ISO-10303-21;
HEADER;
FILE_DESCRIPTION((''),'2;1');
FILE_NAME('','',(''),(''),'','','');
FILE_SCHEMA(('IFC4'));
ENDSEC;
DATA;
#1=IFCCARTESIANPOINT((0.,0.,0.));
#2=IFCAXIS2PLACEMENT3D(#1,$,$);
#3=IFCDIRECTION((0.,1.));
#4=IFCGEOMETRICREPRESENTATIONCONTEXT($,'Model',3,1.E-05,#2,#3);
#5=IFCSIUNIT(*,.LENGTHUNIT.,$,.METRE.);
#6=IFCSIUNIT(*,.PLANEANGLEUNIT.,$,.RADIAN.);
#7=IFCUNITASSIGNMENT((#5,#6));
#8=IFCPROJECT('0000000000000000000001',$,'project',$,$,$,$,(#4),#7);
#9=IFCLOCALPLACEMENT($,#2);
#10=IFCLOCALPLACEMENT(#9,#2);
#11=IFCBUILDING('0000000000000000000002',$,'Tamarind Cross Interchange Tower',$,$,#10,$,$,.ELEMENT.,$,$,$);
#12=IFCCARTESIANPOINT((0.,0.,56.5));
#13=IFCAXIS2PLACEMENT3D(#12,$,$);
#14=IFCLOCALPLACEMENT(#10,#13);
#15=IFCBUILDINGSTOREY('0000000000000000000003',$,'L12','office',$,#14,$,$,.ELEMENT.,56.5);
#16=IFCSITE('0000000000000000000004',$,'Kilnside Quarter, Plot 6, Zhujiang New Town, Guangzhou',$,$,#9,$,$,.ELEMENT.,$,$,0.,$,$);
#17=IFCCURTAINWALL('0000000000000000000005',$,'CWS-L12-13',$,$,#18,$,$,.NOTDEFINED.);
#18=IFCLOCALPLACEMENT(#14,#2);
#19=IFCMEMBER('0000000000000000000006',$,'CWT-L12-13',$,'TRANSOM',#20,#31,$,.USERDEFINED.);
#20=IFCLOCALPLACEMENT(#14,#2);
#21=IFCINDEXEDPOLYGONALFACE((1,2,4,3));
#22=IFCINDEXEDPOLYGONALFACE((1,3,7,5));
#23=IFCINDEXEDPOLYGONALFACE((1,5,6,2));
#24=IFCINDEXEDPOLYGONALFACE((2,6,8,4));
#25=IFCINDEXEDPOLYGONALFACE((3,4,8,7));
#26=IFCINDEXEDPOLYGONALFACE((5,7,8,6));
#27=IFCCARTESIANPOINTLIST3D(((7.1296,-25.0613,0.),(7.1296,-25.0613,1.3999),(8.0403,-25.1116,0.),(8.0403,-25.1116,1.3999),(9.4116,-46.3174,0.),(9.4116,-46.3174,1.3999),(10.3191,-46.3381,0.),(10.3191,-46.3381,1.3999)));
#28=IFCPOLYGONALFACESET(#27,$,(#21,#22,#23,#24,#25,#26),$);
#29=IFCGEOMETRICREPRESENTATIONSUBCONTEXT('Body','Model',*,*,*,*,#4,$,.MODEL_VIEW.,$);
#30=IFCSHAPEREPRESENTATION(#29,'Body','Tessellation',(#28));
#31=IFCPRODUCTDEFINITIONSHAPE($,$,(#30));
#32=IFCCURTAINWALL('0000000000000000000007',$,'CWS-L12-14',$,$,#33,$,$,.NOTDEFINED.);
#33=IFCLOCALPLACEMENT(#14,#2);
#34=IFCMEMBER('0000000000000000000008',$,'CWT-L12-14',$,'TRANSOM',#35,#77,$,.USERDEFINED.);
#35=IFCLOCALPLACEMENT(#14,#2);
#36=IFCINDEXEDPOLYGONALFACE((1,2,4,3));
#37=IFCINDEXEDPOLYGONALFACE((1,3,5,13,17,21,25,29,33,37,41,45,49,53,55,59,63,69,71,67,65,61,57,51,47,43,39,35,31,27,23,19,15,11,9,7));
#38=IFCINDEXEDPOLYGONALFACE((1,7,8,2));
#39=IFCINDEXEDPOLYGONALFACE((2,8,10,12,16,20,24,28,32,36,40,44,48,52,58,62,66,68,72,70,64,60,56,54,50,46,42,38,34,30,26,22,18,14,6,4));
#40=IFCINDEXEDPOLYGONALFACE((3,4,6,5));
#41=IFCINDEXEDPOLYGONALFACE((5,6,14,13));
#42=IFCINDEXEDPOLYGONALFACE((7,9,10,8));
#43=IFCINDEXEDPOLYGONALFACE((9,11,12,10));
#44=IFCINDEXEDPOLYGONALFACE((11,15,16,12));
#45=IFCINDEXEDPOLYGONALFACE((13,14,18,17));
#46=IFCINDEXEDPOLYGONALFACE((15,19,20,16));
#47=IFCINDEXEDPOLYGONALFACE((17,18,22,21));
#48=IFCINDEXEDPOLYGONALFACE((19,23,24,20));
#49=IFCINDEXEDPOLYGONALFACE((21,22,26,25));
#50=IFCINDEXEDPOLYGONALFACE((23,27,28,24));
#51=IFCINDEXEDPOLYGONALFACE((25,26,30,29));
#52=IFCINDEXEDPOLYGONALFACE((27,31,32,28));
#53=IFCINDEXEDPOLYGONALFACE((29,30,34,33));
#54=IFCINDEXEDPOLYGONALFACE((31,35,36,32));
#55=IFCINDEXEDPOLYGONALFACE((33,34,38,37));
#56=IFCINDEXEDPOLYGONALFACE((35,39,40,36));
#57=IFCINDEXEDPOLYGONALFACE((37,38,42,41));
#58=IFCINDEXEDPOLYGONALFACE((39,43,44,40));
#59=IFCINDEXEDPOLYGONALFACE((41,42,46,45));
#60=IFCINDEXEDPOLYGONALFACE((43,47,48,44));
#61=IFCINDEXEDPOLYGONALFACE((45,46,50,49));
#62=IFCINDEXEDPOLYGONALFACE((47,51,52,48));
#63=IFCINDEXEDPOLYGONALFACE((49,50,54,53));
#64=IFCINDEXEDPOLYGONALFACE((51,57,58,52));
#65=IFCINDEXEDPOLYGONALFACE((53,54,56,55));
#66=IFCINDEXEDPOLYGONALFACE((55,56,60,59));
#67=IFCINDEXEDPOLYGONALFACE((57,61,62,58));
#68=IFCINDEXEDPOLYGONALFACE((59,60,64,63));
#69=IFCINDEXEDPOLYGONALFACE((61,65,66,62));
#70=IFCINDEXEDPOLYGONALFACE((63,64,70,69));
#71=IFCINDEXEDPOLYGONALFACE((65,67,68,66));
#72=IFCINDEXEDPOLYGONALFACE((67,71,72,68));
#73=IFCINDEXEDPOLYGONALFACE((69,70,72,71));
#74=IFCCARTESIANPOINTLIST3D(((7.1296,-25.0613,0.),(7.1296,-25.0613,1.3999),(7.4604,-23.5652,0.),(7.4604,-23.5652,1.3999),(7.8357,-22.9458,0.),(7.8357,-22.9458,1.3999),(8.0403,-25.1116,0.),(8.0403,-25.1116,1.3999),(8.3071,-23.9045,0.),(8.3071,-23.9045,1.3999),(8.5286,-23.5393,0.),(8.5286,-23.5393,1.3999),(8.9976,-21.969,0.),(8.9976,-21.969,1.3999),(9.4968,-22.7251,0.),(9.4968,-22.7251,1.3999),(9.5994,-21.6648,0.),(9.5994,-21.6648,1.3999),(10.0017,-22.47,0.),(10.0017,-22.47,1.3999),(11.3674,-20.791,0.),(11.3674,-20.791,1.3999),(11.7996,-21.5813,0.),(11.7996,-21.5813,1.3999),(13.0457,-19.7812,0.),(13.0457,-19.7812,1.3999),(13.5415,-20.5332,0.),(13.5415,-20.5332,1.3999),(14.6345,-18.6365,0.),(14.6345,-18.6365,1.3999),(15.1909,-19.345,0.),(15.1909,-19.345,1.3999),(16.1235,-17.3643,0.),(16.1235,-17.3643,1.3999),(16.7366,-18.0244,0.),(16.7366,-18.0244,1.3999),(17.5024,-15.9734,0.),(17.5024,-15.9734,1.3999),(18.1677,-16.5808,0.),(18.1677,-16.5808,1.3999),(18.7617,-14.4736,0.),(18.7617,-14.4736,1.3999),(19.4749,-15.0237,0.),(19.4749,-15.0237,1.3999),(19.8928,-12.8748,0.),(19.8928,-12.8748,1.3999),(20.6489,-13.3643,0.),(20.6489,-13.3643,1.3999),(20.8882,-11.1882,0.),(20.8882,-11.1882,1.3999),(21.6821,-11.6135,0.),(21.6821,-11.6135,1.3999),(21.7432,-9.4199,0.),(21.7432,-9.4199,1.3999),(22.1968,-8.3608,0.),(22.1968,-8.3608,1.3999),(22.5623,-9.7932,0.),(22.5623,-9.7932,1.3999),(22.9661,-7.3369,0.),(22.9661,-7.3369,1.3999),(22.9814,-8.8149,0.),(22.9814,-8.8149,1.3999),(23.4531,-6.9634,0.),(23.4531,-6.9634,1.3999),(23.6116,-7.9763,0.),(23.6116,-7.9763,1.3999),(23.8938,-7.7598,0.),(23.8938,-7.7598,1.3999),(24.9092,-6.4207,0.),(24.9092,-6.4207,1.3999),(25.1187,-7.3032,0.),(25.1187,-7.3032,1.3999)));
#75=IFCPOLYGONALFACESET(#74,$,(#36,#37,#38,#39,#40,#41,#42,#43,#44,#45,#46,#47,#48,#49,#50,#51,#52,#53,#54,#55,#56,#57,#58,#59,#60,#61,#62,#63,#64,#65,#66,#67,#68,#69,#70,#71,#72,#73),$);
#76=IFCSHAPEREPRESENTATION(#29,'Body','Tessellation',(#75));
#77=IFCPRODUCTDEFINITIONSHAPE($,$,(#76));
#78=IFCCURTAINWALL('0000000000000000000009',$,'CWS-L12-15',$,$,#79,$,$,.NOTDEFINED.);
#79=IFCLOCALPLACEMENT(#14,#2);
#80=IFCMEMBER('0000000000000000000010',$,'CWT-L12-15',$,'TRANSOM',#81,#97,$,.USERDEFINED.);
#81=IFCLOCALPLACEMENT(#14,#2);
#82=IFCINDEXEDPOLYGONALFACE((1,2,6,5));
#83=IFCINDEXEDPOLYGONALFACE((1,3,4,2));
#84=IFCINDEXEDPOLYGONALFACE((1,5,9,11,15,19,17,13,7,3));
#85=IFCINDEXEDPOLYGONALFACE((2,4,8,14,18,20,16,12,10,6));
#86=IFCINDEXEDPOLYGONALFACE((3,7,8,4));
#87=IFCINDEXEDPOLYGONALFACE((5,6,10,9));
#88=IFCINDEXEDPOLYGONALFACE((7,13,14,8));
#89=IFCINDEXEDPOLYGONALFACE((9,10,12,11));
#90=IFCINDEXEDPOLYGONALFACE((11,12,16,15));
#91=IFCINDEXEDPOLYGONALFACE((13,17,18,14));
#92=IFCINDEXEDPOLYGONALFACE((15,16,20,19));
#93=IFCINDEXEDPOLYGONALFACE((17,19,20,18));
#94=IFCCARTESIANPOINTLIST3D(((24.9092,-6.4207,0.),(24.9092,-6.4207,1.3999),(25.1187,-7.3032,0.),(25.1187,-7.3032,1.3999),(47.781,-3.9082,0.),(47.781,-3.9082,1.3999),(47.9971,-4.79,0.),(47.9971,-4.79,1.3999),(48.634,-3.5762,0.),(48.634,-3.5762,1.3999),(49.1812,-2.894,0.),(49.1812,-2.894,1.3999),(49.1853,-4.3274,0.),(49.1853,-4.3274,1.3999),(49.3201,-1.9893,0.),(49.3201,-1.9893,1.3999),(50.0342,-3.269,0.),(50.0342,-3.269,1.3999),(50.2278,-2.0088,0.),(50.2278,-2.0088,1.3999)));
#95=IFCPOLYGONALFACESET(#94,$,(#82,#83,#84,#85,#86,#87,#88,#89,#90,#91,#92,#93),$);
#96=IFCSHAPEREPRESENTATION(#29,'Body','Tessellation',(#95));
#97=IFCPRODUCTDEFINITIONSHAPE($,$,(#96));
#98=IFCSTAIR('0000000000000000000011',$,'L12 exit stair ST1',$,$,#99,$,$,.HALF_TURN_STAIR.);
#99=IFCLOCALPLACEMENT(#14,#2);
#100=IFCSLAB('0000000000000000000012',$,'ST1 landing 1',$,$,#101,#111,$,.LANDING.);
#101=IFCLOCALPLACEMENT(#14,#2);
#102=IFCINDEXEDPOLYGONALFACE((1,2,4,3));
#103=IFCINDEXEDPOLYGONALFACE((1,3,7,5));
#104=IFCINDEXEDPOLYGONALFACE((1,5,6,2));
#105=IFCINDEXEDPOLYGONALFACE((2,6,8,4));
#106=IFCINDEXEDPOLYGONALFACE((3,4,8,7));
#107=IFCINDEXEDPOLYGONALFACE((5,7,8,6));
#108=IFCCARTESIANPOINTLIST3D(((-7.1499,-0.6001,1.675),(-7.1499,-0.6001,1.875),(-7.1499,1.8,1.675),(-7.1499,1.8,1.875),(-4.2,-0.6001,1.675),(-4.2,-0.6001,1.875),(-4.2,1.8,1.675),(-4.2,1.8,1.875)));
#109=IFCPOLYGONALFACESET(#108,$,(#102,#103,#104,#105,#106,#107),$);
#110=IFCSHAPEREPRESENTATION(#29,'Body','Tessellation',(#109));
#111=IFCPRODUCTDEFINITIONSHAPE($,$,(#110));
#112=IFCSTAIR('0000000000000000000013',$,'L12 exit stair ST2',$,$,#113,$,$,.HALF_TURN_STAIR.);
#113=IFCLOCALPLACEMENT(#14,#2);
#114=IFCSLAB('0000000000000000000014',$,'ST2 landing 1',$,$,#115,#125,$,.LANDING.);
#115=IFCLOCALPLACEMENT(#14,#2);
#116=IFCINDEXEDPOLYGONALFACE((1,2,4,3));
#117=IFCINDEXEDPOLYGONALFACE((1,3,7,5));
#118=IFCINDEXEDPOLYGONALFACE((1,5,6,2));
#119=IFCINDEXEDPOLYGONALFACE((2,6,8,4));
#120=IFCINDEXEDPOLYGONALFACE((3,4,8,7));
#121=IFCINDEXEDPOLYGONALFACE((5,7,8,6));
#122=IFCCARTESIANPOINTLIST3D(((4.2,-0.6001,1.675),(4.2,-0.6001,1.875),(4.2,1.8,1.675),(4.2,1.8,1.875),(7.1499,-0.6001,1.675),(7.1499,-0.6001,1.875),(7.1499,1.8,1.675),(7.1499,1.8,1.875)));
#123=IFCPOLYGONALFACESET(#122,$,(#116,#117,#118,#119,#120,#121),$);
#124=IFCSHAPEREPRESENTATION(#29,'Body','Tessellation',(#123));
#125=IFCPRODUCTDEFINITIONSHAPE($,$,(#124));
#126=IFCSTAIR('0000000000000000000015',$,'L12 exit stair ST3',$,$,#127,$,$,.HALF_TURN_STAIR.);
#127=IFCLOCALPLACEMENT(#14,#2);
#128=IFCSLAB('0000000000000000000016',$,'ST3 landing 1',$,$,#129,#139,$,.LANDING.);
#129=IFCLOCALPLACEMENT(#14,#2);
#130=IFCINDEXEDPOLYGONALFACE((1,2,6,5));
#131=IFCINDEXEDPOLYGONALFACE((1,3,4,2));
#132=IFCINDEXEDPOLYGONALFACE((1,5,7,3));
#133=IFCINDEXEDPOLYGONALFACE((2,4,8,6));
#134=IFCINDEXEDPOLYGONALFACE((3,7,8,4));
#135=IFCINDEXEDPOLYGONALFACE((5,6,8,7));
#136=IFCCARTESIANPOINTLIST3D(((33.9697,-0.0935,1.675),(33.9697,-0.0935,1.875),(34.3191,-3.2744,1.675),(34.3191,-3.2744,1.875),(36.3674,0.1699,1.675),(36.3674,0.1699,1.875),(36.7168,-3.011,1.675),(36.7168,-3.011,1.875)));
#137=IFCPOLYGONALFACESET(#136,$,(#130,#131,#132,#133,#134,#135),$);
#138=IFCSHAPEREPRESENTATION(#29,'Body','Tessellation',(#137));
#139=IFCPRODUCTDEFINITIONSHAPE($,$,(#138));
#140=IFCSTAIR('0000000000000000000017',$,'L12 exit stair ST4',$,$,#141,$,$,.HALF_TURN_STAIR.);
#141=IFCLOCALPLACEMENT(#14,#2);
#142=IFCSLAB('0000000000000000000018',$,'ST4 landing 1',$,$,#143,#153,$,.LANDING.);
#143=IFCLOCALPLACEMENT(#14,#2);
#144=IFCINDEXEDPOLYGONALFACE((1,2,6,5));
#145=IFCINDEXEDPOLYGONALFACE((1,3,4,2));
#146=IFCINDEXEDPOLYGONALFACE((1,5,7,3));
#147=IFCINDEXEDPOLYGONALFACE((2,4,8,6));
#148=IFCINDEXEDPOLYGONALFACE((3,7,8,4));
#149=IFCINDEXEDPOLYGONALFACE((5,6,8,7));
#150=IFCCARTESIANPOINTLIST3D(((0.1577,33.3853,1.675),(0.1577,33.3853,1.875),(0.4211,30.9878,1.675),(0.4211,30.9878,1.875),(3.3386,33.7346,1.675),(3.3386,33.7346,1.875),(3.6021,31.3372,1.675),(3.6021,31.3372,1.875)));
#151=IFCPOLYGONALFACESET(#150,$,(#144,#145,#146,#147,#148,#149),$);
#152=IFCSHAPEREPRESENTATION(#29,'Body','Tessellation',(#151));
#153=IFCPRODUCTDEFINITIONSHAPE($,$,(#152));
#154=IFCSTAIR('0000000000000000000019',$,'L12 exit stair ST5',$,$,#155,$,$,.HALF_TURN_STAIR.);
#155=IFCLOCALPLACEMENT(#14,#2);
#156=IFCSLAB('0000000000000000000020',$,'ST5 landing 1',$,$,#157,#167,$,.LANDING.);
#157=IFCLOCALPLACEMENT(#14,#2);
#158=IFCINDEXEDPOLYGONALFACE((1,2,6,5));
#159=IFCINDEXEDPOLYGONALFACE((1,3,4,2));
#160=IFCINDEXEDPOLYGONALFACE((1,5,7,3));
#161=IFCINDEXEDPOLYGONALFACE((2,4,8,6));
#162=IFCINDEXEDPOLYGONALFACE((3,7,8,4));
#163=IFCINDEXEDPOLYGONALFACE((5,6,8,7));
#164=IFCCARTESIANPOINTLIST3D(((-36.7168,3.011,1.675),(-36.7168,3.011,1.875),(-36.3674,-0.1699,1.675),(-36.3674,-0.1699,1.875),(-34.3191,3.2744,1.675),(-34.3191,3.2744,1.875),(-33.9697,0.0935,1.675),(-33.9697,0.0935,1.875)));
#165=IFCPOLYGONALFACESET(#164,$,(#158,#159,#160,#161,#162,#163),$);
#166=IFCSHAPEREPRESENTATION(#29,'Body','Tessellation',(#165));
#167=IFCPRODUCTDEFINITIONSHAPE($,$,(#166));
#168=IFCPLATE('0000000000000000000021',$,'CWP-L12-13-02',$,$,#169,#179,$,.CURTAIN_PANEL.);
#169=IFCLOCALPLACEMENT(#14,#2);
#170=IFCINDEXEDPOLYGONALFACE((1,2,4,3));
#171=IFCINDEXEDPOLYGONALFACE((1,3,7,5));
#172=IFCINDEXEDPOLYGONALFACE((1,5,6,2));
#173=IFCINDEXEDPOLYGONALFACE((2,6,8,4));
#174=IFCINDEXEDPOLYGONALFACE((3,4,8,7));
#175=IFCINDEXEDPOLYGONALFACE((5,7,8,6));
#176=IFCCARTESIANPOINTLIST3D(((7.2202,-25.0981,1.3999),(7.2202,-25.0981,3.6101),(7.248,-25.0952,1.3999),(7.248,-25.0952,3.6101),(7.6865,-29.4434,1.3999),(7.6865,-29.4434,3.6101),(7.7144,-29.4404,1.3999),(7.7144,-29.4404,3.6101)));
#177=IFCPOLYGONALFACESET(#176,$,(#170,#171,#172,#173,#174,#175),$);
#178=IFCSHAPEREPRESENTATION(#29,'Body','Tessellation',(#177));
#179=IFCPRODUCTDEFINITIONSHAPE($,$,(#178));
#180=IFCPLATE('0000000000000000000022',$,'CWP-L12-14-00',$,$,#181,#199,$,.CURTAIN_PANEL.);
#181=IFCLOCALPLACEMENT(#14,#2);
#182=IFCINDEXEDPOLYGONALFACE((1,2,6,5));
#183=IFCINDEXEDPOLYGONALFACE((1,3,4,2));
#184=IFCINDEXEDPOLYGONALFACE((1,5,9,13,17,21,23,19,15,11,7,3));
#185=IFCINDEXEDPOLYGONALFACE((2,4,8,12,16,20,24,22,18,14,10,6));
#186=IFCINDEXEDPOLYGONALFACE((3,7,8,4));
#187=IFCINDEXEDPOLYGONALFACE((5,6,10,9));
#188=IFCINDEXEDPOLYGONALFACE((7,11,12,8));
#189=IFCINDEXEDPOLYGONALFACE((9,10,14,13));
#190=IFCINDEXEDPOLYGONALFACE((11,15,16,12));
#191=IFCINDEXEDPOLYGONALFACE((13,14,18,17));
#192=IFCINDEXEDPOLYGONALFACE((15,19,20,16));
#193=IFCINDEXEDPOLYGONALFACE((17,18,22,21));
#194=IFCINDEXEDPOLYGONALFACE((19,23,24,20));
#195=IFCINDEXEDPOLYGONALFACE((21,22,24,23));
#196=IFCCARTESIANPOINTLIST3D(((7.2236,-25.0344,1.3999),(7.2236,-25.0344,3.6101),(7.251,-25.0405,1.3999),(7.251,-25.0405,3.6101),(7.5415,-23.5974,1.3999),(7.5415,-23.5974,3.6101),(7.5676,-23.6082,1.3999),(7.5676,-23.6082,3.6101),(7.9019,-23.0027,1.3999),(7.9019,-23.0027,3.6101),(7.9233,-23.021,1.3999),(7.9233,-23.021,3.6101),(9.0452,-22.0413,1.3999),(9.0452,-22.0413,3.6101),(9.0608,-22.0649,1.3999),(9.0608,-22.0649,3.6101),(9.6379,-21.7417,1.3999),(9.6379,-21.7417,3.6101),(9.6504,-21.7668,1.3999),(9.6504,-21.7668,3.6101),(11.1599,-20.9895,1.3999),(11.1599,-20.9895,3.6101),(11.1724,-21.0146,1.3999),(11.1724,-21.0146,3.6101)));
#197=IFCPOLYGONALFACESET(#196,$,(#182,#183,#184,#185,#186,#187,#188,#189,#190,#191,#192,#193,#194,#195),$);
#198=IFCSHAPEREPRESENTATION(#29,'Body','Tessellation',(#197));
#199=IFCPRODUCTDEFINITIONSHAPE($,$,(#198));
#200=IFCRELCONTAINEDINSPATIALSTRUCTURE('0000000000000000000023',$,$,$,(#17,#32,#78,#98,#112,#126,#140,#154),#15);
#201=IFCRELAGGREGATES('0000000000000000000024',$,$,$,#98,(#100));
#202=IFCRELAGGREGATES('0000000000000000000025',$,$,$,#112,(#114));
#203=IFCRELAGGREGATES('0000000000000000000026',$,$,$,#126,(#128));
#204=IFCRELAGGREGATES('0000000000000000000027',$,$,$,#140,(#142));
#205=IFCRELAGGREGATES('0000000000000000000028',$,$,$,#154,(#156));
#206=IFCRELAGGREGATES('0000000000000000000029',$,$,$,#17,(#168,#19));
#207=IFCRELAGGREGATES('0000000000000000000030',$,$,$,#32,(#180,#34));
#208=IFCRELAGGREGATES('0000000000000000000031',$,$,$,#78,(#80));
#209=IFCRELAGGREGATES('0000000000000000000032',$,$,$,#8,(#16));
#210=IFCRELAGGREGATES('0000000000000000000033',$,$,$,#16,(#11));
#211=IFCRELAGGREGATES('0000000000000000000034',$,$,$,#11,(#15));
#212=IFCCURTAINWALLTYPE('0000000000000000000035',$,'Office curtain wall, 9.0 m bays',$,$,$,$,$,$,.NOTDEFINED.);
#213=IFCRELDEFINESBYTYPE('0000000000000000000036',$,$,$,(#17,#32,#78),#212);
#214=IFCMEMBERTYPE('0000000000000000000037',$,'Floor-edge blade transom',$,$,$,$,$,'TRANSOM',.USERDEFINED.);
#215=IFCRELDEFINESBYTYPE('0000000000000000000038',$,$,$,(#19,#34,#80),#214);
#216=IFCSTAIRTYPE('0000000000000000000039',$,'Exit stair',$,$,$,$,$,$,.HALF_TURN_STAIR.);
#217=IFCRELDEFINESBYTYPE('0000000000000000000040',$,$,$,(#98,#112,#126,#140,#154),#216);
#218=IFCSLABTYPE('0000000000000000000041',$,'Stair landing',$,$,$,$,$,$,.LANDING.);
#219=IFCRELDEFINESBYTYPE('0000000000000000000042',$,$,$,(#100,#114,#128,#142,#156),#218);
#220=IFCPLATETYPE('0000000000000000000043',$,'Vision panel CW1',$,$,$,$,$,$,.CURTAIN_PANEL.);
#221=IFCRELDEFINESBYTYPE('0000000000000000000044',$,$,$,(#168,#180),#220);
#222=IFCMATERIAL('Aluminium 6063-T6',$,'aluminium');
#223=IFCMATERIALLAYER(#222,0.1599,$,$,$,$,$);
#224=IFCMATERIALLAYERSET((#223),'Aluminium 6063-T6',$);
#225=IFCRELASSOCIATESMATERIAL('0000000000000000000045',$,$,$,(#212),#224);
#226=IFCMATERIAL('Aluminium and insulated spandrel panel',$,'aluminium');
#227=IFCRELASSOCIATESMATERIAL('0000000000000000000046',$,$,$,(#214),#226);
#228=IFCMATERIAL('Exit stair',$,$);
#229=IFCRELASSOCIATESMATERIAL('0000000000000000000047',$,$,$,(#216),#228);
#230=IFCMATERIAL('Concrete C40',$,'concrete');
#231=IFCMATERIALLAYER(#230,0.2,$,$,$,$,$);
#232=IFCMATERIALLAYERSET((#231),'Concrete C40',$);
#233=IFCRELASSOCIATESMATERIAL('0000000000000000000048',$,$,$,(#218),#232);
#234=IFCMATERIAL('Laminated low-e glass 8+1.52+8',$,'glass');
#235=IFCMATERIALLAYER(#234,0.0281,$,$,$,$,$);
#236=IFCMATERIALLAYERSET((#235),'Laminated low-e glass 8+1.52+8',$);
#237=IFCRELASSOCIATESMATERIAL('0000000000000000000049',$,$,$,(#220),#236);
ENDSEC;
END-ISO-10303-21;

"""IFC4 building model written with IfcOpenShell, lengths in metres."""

from ifc_helpers import new_model, si_unit, direction, frame, origin, place, context, subcontext, project, spatial, polyline, outline, extrude, material, layer, layer_set, type_object, element, aggregate, save


model = new_model("IFC4")

# Units and contexts
model_context = context("Model", 3, precision=1e-05, world=origin(), true_north=direction((0.0, 1.0)))
body_context = subcontext(model_context, "Body", "Model", "MODEL_VIEW")
ifc_project = project(units=[si_unit("LENGTHUNIT", "METRE"), si_unit("PLANEANGLEUNIT", "RADIAN")], contexts=[model_context])

# Site, building, storey
site_placement = place(None, origin())
site = spatial("IfcSite", under=ifc_project, at=site_placement, Name="Kilnside Quarter, Plot 6, Zhujiang New Town, Guangzhou", CompositionType="ELEMENT", RefElevation=0.0)
building_placement = place(site_placement, origin())
building = spatial("IfcBuilding", under=site, at=building_placement, Name="Tamarind Cross Interchange Tower", CompositionType="ELEMENT")
storey_placement = place(building_placement, frame((0.0, 0.0, 56.5)))
storey = spatial("IfcBuildingStorey", under=building, at=storey_placement, Name="L12", Description="office", CompositionType="ELEMENT", Elevation=56.5)

# Curtain walls, members
ifc_material_1 = material(Name="Aluminium 6063-T6", Category="aluminium")
ifc_layer_1 = layer(ifc_material_1, 0.1599)
ifc_layer_set_1 = layer_set([ifc_layer_1], Name="Aluminium 6063-T6")
curtain_wall_type = type_object("IfcCurtainWallType", Name="Office curtain wall, 9.0 m bays", PredefinedType="NOTDEFINED", material=ifc_layer_set_1)
curtain_wall_1_placement = place(storey_placement, origin())
curtain_wall_1 = element("IfcCurtainWall", 1, at=curtain_wall_1_placement, inside=storey, type_object=curtain_wall_type, Name="CWS-L12-13", PredefinedType="NOTDEFINED")
ifc_material_2 = material(Name="Aluminium and insulated spandrel panel", Category="aluminium")
member_type = type_object("IfcMemberType", Name="Floor-edge blade transom", ElementType="TRANSOM", PredefinedType="USERDEFINED", material=ifc_material_2)
member_1_placement = place(storey_placement, origin())
member_1 = element("IfcMember", 2, at=member_1_placement, type_object=member_type, Name="CWT-L12-13", ObjectType="TRANSOM", PredefinedType="USERDEFINED", context=body_context, shape_type="SweptSolid", body=[
    extrude(outline(polyline([(9.4116, -46.3174), (7.1296, -25.0613), (8.0403, -25.1116), (10.3191, -46.3381), (9.4116, -46.3174)])), origin(), (0.0, 0.0, 1.0), 1.3999),
])
curtain_wall_2_placement = place(storey_placement, origin())
curtain_wall_2 = element("IfcCurtainWall", 3, at=curtain_wall_2_placement, inside=storey, type_object=curtain_wall_type, Name="CWS-L12-14", PredefinedType="NOTDEFINED")
member_2_placement = place(storey_placement, origin())
member_2 = element("IfcMember", 4, at=member_2_placement, type_object=member_type, Name="CWT-L12-14", ObjectType="TRANSOM", PredefinedType="USERDEFINED", context=body_context, shape_type="SweptSolid", body=[
    extrude(outline(polyline([(7.1296, -25.0613), (7.4604, -23.5652), (7.8357, -22.9458), (8.9976, -21.969), (9.5994, -21.6648), (11.3674, -20.791), (13.0457, -19.7812), (14.6345, -18.6365), (16.1235, -17.3643), (17.5024, -15.9734), (18.7617, -14.4736), (19.8928, -12.8748), (20.8882, -11.1882), (21.7432, -9.4199), (22.1968, -8.3608), (22.9661, -7.3369), (23.4531, -6.9634), (24.9092, -6.4207), (25.1187, -7.3032), (23.8938, -7.7598), (23.6116, -7.9763), (22.9814, -8.8149), (22.5623, -9.7932), (21.6821, -11.6135), (20.6489, -13.3643), (19.4749, -15.0237), (18.1677, -16.5808), (16.7366, -18.0244), (15.1909, -19.345), (13.5415, -20.5332), (11.7996, -21.5813), (10.0017, -22.47), (9.4968, -22.7251), (8.5286, -23.5393), (8.3071, -23.9045), (8.0403, -25.1116), (7.1296, -25.0613)])), origin(), (0.0, 0.0, 1.0), 1.3999),
])
curtain_wall_3_placement = place(storey_placement, origin())
curtain_wall_3 = element("IfcCurtainWall", 5, at=curtain_wall_3_placement, inside=storey, type_object=curtain_wall_type, Name="CWS-L12-15", PredefinedType="NOTDEFINED")
member_3_placement = place(storey_placement, origin())
member_3 = element("IfcMember", 6, at=member_3_placement, type_object=member_type, Name="CWT-L12-15", ObjectType="TRANSOM", PredefinedType="USERDEFINED", context=body_context, shape_type="SweptSolid", body=[
    extrude(outline(polyline([(24.9092, -6.4207), (47.781, -3.9082), (48.634, -3.5762), (49.1812, -2.894), (49.3201, -1.9893), (50.2278, -2.0088), (50.0342, -3.269), (49.1853, -4.3274), (47.9971, -4.79), (25.1187, -7.3032), (24.9092, -6.4207)])), origin(), (0.0, 0.0, 1.0), 1.3999),
])

# Stairs, slabs
ifc_material_3 = material(Name="Exit stair")
stair_type = type_object("IfcStairType", Name="Exit stair", PredefinedType="HALF_TURN_STAIR", material=ifc_material_3)
stair_1_placement = place(storey_placement, origin())
stair_1 = element("IfcStair", 7, at=stair_1_placement, inside=storey, type_object=stair_type, Name="L12 exit stair ST1", PredefinedType="HALF_TURN_STAIR")
ifc_material_4 = material(Name="Concrete C40", Category="concrete")
ifc_layer_2 = layer(ifc_material_4, 0.2)
ifc_layer_set_2 = layer_set([ifc_layer_2], Name="Concrete C40")
slab_type = type_object("IfcSlabType", Name="Stair landing", PredefinedType="LANDING", material=ifc_layer_set_2)
slab_1_placement = place(storey_placement, frame((0.0, 0.0, 1.675)))
slab_1 = element("IfcSlab", 8, at=slab_1_placement, type_object=slab_type, Name="ST1 landing 1", PredefinedType="LANDING", context=body_context, shape_type="SweptSolid", body=[
    extrude(outline(polyline([(-4.2, -0.6001), (-4.2, 1.8), (-7.1499, 1.8), (-7.1499, -0.6001), (-4.2, -0.6001)])), origin(), (0.0, 0.0, 1.0), 0.2),
])
aggregate(stair_1, [slab_1])
stair_2_placement = place(storey_placement, origin())
stair_2 = element("IfcStair", 9, at=stair_2_placement, inside=storey, type_object=stair_type, Name="L12 exit stair ST2", PredefinedType="HALF_TURN_STAIR")
slab_2_placement = place(storey_placement, frame((0.0, 0.0, 1.675)))
slab_2 = element("IfcSlab", 10, at=slab_2_placement, type_object=slab_type, Name="ST2 landing 1", PredefinedType="LANDING", context=body_context, shape_type="SweptSolid", body=[
    extrude(outline(polyline([(7.1499, -0.6001), (7.1499, 1.8), (4.2, 1.8), (4.2, -0.6001), (7.1499, -0.6001)])), origin(), (0.0, 0.0, 1.0), 0.2),
])
aggregate(stair_2, [slab_2])
stair_3_placement = place(storey_placement, origin())
stair_3 = element("IfcStair", 11, at=stair_3_placement, inside=storey, type_object=stair_type, Name="L12 exit stair ST3", PredefinedType="HALF_TURN_STAIR")
slab_3_placement = place(storey_placement, frame((0.0, 0.0, 1.675)))
slab_3 = element("IfcSlab", 12, at=slab_3_placement, type_object=slab_type, Name="ST3 landing 1", PredefinedType="LANDING", context=body_context, shape_type="SweptSolid", body=[
    extrude(outline(polyline([(34.3191, -3.2744), (36.7168, -3.011), (36.3674, 0.1699), (33.9697, -0.0935), (34.3191, -3.2744)])), origin(), (0.0, 0.0, 1.0), 0.2),
])
aggregate(stair_3, [slab_3])
stair_4_placement = place(storey_placement, origin())
stair_4 = element("IfcStair", 13, at=stair_4_placement, inside=storey, type_object=stair_type, Name="L12 exit stair ST4", PredefinedType="HALF_TURN_STAIR")
slab_4_placement = place(storey_placement, frame((0.0, 0.0, 1.675)))
slab_4 = element("IfcSlab", 14, at=slab_4_placement, type_object=slab_type, Name="ST4 landing 1", PredefinedType="LANDING", context=body_context, shape_type="SweptSolid", body=[
    extrude(outline(polyline([(3.6021, 31.3372), (3.3386, 33.7346), (0.1577, 33.3853), (0.4211, 30.9878), (3.6021, 31.3372)])), origin(), (0.0, 0.0, 1.0), 0.2),
])
aggregate(stair_4, [slab_4])
stair_5_placement = place(storey_placement, origin())
stair_5 = element("IfcStair", 15, at=stair_5_placement, inside=storey, type_object=stair_type, Name="L12 exit stair ST5", PredefinedType="HALF_TURN_STAIR")
slab_5_placement = place(storey_placement, frame((0.0, 0.0, 1.675)))
slab_5 = element("IfcSlab", 16, at=slab_5_placement, type_object=slab_type, Name="ST5 landing 1", PredefinedType="LANDING", context=body_context, shape_type="SweptSolid", body=[
    extrude(outline(polyline([(-34.3191, 3.2744), (-36.7168, 3.011), (-36.3674, -0.1699), (-33.9697, 0.0935), (-34.3191, 3.2744)])), origin(), (0.0, 0.0, 1.0), 0.2),
])
aggregate(stair_5, [slab_5])

# Plates
ifc_material_5 = material(Name="Laminated low-e glass 8+1.52+8", Category="glass")
ifc_layer_3 = layer(ifc_material_5, 0.0281)
ifc_layer_set_3 = layer_set([ifc_layer_3], Name="Laminated low-e glass 8+1.52+8")
plate_type = type_object("IfcPlateType", Name="Vision panel CW1", PredefinedType="CURTAIN_PANEL", material=ifc_layer_set_3)
plate_1_placement = place(storey_placement, frame((0.0, 0.0, 1.3999)))
plate_1 = element("IfcPlate", 17, at=plate_1_placement, type_object=plate_type, Name="CWP-L12-13-02", PredefinedType="CURTAIN_PANEL", context=body_context, shape_type="SweptSolid", body=[
    extrude(outline(polyline([(7.6865, -29.4434), (7.2202, -25.0981), (7.248, -25.0952), (7.7144, -29.4404), (7.6865, -29.4434)])), origin(), (0.0, 0.0, 1.0), 2.2102),
])
aggregate(curtain_wall_1, [plate_1, member_1])
plate_2_placement = place(storey_placement, frame((0.0, 0.0, 1.3999)))
plate_2 = element("IfcPlate", 18, at=plate_2_placement, type_object=plate_type, Name="CWP-L12-14-00", PredefinedType="CURTAIN_PANEL", context=body_context, shape_type="SweptSolid", body=[
    extrude(outline(polyline([(7.2236, -25.0344), (7.5415, -23.5974), (7.9019, -23.0027), (9.0452, -22.0413), (9.6379, -21.7417), (11.1599, -20.9895), (11.1724, -21.0146), (9.6504, -21.7668), (9.0608, -22.0649), (7.9233, -23.021), (7.5676, -23.6082), (7.251, -25.0405), (7.2236, -25.0344)])), origin(), (0.0, 0.0, 1.0), 2.2102),
])
aggregate(curtain_wall_2, [plate_2, member_2])
aggregate(curtain_wall_3, [member_3])

save(model, "model.ifc")
